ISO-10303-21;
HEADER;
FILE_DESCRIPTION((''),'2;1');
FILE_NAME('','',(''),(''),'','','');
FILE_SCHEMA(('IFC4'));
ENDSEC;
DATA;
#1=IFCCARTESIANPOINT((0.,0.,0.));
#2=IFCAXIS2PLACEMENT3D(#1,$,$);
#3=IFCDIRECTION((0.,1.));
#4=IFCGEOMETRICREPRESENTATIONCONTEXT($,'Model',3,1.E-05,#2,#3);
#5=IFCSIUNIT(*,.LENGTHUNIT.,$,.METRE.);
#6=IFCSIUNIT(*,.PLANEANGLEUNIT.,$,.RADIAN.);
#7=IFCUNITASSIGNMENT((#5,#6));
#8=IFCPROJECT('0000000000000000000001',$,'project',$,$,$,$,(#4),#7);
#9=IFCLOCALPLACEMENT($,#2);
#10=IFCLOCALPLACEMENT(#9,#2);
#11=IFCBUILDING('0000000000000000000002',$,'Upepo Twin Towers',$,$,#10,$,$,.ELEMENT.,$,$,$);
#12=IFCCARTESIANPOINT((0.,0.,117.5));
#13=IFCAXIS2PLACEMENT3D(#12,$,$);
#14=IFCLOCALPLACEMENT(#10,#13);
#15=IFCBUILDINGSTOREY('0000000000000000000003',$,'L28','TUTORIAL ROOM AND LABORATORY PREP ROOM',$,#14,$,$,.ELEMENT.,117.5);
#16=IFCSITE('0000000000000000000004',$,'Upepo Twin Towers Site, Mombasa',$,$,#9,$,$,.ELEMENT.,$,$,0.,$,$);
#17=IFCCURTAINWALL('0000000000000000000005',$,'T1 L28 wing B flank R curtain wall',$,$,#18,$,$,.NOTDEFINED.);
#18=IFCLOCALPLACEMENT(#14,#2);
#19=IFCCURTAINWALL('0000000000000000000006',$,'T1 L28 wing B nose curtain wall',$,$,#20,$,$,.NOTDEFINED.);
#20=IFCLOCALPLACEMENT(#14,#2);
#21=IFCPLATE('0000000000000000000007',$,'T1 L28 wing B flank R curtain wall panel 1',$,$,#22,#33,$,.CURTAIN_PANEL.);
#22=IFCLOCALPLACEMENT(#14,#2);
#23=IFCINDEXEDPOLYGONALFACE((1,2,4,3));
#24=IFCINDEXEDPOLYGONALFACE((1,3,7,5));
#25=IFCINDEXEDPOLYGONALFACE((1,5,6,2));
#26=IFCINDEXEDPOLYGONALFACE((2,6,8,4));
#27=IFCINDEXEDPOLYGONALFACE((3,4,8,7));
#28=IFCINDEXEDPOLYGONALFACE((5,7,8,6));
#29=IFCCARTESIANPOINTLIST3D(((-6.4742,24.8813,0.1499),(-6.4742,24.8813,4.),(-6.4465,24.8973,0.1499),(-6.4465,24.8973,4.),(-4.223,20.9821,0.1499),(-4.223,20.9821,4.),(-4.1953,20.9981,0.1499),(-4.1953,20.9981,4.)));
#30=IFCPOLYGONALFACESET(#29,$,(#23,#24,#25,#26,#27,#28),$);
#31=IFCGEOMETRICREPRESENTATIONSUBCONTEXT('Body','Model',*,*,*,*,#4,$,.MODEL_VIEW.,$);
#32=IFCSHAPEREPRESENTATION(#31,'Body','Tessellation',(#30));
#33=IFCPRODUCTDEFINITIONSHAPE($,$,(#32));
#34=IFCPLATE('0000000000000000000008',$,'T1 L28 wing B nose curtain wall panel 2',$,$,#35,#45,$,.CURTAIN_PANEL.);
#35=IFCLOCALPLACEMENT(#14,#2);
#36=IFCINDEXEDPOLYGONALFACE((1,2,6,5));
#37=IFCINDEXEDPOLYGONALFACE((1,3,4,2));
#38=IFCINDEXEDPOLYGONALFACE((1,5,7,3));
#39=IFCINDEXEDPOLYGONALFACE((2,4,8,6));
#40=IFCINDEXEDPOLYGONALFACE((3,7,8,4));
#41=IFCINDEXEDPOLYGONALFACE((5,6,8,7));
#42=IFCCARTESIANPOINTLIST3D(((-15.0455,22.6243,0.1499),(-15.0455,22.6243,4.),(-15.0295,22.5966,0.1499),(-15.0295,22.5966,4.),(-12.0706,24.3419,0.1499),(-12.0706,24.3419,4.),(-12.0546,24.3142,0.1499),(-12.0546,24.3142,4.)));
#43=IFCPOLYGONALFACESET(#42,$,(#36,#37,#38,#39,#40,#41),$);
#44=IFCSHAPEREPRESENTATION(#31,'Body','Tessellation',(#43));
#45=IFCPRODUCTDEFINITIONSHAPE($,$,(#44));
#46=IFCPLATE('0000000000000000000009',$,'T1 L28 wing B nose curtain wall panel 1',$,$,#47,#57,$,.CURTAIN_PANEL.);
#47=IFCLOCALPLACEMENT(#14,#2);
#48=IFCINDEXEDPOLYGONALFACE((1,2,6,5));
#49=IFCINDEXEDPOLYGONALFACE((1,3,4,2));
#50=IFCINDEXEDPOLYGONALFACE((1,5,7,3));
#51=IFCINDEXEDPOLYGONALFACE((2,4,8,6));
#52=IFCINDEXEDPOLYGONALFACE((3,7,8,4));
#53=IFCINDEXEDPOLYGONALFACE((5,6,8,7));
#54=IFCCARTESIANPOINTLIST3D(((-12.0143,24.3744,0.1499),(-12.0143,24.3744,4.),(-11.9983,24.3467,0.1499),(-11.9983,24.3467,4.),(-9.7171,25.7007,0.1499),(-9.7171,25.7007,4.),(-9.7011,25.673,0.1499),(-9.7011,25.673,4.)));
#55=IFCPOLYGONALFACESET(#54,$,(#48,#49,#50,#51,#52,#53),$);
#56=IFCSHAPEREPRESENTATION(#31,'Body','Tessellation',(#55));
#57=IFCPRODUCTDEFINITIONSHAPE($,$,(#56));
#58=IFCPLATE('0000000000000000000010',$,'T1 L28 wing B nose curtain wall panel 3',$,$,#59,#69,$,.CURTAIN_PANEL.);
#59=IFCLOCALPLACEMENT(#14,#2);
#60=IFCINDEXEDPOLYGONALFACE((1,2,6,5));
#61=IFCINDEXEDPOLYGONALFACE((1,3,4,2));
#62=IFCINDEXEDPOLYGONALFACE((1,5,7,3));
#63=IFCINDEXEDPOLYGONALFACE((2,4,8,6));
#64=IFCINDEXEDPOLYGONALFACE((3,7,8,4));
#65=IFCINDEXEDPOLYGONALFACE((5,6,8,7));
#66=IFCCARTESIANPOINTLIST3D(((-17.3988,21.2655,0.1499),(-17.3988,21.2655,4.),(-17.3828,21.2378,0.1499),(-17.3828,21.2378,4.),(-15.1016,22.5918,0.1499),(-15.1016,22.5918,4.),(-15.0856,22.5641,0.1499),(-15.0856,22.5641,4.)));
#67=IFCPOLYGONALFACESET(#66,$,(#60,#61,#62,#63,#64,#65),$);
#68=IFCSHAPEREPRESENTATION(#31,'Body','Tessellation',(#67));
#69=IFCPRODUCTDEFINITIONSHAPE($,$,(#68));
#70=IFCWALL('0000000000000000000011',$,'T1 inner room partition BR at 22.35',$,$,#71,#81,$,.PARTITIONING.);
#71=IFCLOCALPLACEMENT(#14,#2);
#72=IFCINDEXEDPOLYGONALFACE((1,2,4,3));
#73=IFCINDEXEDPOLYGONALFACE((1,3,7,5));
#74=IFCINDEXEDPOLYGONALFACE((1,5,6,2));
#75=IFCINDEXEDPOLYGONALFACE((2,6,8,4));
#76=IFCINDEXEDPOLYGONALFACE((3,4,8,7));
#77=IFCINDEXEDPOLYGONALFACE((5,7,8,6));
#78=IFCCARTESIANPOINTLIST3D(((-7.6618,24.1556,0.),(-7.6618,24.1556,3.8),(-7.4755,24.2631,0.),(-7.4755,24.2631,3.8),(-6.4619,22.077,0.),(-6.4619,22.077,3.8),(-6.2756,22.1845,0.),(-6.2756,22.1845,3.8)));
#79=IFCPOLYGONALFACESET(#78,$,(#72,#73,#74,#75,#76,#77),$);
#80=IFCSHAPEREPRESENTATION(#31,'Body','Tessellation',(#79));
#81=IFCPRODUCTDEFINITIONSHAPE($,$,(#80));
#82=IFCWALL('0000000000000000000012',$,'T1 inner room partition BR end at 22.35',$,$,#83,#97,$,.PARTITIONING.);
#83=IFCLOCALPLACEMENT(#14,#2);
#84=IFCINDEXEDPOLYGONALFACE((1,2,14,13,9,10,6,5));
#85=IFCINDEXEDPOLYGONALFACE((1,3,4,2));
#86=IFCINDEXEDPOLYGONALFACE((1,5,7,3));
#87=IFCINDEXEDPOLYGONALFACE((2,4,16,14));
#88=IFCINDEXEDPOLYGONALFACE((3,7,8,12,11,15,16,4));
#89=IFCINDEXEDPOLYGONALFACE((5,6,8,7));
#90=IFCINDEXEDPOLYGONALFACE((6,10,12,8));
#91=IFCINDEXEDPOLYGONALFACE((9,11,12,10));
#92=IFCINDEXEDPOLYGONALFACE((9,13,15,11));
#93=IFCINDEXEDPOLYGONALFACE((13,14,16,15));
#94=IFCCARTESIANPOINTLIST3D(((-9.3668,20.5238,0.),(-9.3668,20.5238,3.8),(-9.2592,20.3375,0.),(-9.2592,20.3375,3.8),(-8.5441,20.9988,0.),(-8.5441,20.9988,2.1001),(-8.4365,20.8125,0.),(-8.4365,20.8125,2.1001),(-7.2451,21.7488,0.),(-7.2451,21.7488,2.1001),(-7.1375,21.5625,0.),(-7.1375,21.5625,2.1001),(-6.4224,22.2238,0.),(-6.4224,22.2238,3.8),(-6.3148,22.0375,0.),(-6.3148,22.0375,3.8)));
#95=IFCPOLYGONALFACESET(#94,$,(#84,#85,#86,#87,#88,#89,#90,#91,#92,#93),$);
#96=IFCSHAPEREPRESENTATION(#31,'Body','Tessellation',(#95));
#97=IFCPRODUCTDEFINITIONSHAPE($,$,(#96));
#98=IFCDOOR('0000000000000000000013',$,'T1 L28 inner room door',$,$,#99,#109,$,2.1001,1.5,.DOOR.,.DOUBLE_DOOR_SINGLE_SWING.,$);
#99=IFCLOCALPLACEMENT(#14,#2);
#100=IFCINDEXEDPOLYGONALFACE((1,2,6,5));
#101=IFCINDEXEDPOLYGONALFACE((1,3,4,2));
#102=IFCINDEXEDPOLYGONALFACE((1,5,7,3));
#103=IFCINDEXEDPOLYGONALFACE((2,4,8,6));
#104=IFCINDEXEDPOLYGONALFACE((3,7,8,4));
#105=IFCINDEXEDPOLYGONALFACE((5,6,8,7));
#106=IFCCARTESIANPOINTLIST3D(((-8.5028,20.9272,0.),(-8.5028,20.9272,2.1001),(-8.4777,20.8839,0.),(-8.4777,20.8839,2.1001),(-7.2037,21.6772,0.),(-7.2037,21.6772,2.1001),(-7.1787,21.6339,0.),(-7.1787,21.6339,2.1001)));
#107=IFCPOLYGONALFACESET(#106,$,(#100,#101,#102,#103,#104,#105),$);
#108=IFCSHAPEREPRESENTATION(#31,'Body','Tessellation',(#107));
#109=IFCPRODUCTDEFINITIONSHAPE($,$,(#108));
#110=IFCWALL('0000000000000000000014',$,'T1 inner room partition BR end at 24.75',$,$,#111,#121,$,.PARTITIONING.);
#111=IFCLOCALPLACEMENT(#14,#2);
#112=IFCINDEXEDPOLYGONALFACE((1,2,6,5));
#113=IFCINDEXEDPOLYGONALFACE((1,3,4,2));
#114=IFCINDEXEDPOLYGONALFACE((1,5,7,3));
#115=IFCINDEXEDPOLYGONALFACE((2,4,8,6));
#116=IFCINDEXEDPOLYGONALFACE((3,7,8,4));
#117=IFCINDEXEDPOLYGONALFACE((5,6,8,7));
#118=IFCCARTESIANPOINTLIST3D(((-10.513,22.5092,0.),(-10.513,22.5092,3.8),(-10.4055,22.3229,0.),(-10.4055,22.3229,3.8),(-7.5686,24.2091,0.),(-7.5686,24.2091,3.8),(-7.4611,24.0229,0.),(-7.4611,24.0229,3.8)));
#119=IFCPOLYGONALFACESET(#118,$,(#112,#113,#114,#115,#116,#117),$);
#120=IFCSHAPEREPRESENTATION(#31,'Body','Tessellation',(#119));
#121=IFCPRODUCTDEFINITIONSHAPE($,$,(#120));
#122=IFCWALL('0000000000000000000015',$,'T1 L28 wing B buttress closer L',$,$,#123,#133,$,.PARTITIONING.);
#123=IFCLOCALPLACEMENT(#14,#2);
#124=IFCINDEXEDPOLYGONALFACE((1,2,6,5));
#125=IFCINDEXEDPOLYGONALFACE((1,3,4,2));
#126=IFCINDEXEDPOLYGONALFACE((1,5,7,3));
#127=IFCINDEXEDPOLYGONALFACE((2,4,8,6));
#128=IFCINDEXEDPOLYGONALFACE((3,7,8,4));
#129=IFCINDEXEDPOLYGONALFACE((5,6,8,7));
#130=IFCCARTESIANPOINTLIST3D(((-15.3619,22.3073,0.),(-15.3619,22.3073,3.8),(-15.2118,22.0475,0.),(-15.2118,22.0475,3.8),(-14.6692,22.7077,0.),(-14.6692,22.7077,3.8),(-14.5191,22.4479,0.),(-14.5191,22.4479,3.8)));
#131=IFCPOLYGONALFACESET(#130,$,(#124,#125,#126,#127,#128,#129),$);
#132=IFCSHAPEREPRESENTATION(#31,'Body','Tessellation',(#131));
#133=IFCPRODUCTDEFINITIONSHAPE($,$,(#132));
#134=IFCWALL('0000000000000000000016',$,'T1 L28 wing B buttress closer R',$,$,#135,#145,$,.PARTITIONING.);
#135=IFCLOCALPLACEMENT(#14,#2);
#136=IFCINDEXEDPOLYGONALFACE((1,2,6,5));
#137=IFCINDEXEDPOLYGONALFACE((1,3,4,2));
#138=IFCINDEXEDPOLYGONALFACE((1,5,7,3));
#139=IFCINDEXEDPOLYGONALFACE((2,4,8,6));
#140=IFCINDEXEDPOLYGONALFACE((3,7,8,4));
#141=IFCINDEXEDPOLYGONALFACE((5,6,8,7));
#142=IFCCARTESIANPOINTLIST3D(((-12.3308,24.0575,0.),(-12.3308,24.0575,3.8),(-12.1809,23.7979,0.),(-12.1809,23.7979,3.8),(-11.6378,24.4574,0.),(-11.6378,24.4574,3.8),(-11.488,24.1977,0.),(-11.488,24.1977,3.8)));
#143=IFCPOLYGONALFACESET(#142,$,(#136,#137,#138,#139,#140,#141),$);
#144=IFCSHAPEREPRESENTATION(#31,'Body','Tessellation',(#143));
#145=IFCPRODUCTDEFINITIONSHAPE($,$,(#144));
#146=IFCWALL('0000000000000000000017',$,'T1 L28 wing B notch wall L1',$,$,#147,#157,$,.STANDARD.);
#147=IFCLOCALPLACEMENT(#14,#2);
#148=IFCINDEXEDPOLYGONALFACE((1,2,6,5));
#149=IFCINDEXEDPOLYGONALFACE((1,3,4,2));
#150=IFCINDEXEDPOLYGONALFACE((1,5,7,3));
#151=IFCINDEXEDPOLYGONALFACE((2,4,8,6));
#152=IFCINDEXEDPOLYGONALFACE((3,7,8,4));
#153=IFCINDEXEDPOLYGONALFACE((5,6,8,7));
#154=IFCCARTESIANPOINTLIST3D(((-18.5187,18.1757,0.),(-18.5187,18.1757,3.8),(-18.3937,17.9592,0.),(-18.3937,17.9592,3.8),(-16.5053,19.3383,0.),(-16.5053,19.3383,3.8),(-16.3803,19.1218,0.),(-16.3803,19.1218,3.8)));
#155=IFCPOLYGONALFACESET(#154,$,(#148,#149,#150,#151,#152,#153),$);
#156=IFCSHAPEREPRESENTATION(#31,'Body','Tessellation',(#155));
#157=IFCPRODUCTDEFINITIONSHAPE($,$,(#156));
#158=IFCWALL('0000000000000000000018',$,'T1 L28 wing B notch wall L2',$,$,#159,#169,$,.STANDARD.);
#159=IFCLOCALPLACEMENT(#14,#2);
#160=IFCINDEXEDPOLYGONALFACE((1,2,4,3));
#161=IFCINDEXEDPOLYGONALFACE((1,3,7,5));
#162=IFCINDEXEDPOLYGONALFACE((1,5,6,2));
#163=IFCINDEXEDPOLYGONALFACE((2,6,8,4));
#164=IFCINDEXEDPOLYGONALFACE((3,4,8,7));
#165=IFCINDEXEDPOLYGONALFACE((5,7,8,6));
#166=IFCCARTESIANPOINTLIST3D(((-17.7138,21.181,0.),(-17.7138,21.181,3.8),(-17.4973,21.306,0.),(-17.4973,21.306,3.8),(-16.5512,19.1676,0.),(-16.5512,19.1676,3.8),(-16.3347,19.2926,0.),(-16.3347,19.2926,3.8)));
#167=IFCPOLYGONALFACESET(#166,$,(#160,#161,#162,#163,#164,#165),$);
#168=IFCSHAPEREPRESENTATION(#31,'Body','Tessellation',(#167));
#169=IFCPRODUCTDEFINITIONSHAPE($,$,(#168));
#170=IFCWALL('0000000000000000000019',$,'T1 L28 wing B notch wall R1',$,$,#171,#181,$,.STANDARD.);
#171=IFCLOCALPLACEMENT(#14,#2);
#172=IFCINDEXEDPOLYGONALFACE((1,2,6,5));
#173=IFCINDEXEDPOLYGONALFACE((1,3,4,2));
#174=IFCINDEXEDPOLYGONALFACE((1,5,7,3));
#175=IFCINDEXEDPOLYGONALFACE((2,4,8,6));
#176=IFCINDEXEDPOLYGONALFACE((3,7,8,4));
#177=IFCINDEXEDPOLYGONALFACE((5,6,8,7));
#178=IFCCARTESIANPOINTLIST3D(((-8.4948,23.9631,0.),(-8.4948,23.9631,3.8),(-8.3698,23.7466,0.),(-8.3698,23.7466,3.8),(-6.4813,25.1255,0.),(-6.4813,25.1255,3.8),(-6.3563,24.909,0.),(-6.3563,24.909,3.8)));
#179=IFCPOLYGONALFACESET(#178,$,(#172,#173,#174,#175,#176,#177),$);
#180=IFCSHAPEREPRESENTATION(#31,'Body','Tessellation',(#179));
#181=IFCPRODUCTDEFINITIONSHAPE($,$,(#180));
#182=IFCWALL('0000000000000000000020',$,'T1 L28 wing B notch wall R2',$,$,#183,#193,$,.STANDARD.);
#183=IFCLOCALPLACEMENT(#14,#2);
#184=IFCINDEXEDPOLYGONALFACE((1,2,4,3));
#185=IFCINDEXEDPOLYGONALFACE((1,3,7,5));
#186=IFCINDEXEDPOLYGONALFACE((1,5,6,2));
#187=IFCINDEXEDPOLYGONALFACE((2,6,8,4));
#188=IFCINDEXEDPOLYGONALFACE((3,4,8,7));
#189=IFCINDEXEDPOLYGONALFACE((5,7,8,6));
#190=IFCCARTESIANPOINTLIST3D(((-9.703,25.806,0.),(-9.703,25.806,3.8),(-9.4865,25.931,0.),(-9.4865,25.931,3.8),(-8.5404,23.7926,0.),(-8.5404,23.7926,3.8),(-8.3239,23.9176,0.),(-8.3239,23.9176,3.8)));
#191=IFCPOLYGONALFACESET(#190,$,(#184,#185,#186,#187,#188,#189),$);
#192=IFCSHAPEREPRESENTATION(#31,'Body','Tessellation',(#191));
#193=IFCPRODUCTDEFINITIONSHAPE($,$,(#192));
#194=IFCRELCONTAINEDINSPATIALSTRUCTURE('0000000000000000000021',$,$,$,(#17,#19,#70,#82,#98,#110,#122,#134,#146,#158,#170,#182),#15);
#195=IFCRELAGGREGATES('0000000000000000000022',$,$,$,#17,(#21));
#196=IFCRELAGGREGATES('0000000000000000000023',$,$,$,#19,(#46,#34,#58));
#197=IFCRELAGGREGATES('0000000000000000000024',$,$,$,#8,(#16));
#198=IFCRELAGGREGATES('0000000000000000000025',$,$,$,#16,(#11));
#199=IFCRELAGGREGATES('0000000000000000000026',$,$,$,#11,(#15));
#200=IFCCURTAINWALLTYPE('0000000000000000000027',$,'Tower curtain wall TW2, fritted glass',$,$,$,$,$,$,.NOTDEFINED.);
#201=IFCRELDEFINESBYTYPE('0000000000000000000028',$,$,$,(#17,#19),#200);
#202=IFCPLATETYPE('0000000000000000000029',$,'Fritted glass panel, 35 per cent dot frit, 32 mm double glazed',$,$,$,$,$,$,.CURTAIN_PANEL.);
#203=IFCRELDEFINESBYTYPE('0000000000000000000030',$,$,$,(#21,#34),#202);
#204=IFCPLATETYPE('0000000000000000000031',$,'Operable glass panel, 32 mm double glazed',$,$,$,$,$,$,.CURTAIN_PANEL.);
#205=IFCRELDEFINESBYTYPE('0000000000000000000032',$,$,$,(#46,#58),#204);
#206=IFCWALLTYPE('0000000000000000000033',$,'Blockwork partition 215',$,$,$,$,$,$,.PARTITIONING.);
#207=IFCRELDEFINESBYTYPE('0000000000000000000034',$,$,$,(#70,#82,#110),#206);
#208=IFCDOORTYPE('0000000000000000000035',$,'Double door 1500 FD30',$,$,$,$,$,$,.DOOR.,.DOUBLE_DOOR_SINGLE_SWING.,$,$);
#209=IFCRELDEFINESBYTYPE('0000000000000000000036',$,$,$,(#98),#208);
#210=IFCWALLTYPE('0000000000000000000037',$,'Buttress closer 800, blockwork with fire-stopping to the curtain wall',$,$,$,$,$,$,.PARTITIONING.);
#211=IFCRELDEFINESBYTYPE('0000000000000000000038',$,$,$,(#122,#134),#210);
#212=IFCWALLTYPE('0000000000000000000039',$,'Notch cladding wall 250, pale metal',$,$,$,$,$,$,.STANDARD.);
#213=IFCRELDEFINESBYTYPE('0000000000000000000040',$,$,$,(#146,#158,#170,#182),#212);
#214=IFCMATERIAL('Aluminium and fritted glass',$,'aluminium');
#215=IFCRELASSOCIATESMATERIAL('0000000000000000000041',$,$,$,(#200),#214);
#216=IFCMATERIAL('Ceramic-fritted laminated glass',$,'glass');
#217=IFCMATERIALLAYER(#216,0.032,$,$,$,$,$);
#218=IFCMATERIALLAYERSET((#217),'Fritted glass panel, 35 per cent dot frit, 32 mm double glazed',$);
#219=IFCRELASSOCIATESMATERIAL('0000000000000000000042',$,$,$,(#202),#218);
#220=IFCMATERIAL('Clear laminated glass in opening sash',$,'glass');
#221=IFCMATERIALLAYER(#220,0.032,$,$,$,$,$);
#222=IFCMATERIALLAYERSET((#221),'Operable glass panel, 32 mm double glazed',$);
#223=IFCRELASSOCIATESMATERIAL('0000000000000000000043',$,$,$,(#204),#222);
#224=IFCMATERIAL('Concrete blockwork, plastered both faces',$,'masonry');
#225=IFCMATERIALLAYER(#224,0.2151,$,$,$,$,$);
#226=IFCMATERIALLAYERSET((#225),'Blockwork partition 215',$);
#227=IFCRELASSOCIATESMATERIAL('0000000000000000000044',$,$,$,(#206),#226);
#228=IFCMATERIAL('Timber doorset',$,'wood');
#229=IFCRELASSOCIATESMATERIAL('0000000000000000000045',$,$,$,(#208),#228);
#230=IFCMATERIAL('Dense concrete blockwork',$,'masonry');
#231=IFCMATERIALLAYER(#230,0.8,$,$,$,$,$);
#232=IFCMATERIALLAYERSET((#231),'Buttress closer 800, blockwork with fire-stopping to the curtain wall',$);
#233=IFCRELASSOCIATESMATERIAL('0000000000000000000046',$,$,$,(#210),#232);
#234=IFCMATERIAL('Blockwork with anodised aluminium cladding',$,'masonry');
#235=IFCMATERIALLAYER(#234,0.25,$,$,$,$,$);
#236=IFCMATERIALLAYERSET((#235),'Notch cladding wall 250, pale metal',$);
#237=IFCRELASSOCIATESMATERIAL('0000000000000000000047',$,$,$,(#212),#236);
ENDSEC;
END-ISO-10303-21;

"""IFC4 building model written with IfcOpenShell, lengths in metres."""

from ifc_helpers import new_model, si_unit, direction, frame, frame_2d, origin, origin_2d, place, context, subcontext, project, spatial, rectangle, extrude, material, layer, layer_set, type_object, element, fill, aggregate, save


model = new_model("IFC4")

# Units and contexts
model_context = context("Model", 3, precision=1e-05, world=origin(), true_north=direction((0.0, 1.0)))
body_context = subcontext(model_context, "Body", "Model", "MODEL_VIEW")
ifc_project = project(units=[si_unit("LENGTHUNIT", "METRE"), si_unit("PLANEANGLEUNIT", "RADIAN")], contexts=[model_context])

# Site, building, storey
site_placement = place(None, origin())
site = spatial("IfcSite", under=ifc_project, at=site_placement, Name="Upepo Twin Towers Site, Mombasa", CompositionType="ELEMENT", RefElevation=0.0)
building_placement = place(site_placement, origin())
building = spatial("IfcBuilding", under=site, at=building_placement, Name="Upepo Twin Towers", CompositionType="ELEMENT")
storey_placement = place(building_placement, frame((0.0, 0.0, 117.5)))
storey = spatial("IfcBuildingStorey", under=building, at=storey_placement, Name="L28", Description="TUTORIAL ROOM AND LABORATORY PREP ROOM", CompositionType="ELEMENT", Elevation=117.5)

# Curtain wall
ifc_material_1 = material(Name="Aluminium and fritted glass", Category="aluminium")
curtain_wall_type = type_object("IfcCurtainWallType", Name="Tower curtain wall TW2, fritted glass", PredefinedType="NOTDEFINED", material=ifc_material_1)
curtain_wall_1_placement = place(storey_placement, origin())
curtain_wall_1 = element("IfcCurtainWall", 1, at=curtain_wall_1_placement, inside=storey, type_object=curtain_wall_type, Name="T1 L28 wing B flank R curtain wall", PredefinedType="NOTDEFINED")

# Curtain wall
curtain_wall_2_placement = place(storey_placement, origin())
curtain_wall_2 = element("IfcCurtainWall", 2, at=curtain_wall_2_placement, inside=storey, type_object=curtain_wall_type, Name="T1 L28 wing B nose curtain wall", PredefinedType="NOTDEFINED")

# Plates
ifc_material_2 = material(Name="Ceramic-fritted laminated glass", Category="glass")
ifc_layer_1 = layer(ifc_material_2, 0.032)
ifc_layer_set_1 = layer_set([ifc_layer_1], Name="Fritted glass panel, 35 per cent dot frit, 32 mm double glazed")
plate_type_1 = type_object("IfcPlateType", Name="Fritted glass panel, 35 per cent dot frit, 32 mm double glazed", PredefinedType="CURTAIN_PANEL", material=ifc_layer_set_1)
plate_1_placement = place(storey_placement, frame((-5.3347, 22.9397, 0.1499), z_axis=(0.0, 0.0, 1.0), x_axis=(0.5, -0.866025, 0.0)))
plate_1 = element("IfcPlate", 3, at=plate_1_placement, type_object=plate_type_1, Name="T1 L28 wing B flank R curtain wall panel 1", PredefinedType="CURTAIN_PANEL", context=body_context, shape_type="SweptSolid", body=[
    extrude(rectangle(XDim=4.5024, YDim=0.032, at=origin_2d()), origin(), (0.0, 0.0, 1.0), 3.8501),
])
aggregate(curtain_wall_1, [plate_1])
plate_2_placement = place(storey_placement, frame((-13.55, 23.4692, 0.1499), z_axis=(0.0, 0.0, 1.0), x_axis=(-0.866025, -0.5, 0.0)))
plate_2 = element("IfcPlate", 4, at=plate_2_placement, type_object=plate_type_1, Name="T1 L28 wing B nose curtain wall panel 2", PredefinedType="CURTAIN_PANEL", context=body_context, shape_type="SweptSolid", body=[
    extrude(rectangle(XDim=3.4351, YDim=0.032, at=origin_2d()), origin(), (0.0, 0.0, 1.0), 3.8501),
])
ifc_material_3 = material(Name="Clear laminated glass in opening sash", Category="glass")
ifc_layer_2 = layer(ifc_material_3, 0.032)
ifc_layer_set_2 = layer_set([ifc_layer_2], Name="Operable glass panel, 32 mm double glazed")
plate_type_2 = type_object("IfcPlateType", Name="Operable glass panel, 32 mm double glazed", PredefinedType="CURTAIN_PANEL", material=ifc_layer_set_2)
plate_3_placement = place(storey_placement, frame((-10.8577, 25.0237, 0.1499), z_axis=(0.0, 0.0, 1.0), x_axis=(-0.866025, -0.5, 0.0)))
plate_3 = element("IfcPlate", 5, at=plate_3_placement, type_object=plate_type_2, Name="T1 L28 wing B nose curtain wall panel 1", PredefinedType="CURTAIN_PANEL", context=body_context, shape_type="SweptSolid", body=[
    extrude(rectangle(XDim=2.6526, YDim=0.032, at=origin_2d()), origin(), (0.0, 0.0, 1.0), 3.8501),
])
plate_4_placement = place(storey_placement, frame((-16.2422, 21.9148, 0.1499), z_axis=(0.0, 0.0, 1.0), x_axis=(-0.866025, -0.5, 0.0)))
plate_4 = element("IfcPlate", 6, at=plate_4_placement, type_object=plate_type_2, Name="T1 L28 wing B nose curtain wall panel 3", PredefinedType="CURTAIN_PANEL", context=body_context, shape_type="SweptSolid", body=[
    extrude(rectangle(XDim=2.6526, YDim=0.032, at=origin_2d()), origin(), (0.0, 0.0, 1.0), 3.8501),
])
aggregate(curtain_wall_2, [plate_3, plate_2, plate_4])

# Wall
ifc_material_4 = material(Name="Concrete blockwork, plastered both faces", Category="masonry")
ifc_layer_3 = layer(ifc_material_4, 0.2151)
ifc_layer_set_3 = layer_set([ifc_layer_3], Name="Blockwork partition 215")
wall_type_1 = type_object("IfcWallType", Name="Blockwork partition 215", PredefinedType="PARTITIONING", material=ifc_layer_set_3)
wall_1_placement = place(storey_placement, frame((-6.3687, 22.1306, 0.0), z_axis=(0.0, 0.0, 1.0), x_axis=(-0.499957, 0.86605, 0.0)))
element("IfcWall", 7, at=wall_1_placement, inside=storey, type_object=wall_type_1, Name="T1 inner room partition BR at 22.35", PredefinedType="PARTITIONING", context=body_context, shape_type="SweptSolid", body=[
    extrude(rectangle(XDim=2.4001, YDim=0.2151, at=frame_2d((1.2002, 0.0))), origin(), (0.0, 0.0, 1.0), 3.8),
])

# Wall, opening, door
wall_2_placement = place(storey_placement, frame((-9.313, 20.4307, 0.0), z_axis=(0.0, 0.0, 1.0), x_axis=(0.866021, 0.500008, 0.0)))
wall_2 = element("IfcWall", 8, at=wall_2_placement, inside=storey, type_object=wall_type_1, Name="T1 inner room partition BR end at 22.35", PredefinedType="PARTITIONING", context=body_context, shape_type="SweptSolid", body=[
    extrude(rectangle(XDim=3.3999, YDim=0.2151, at=frame_2d((1.7, 0.0))), origin(), (0.0, 0.0, 1.0), 3.8),
])
opening_placement = place(wall_2_placement, frame((0.95, 0.0, 0.0)))
opening = element("IfcOpeningElement", 9, at=opening_placement, cuts=wall_2, PredefinedType="OPENING", context=body_context, shape_type="SweptSolid", body=[
    extrude(rectangle(XDim=1.5, YDim=2.1001, at=frame_2d((0.75, 1.05))), frame((0.0, 0.1174, 0.0), z_axis=(0.0, -1.0, 0.0), x_axis=(1.0, 0.0, 0.0)), (0.0, 0.0, 1.0), 0.2351),
])
ifc_material_5 = material(Name="Timber doorset", Category="wood")
door_type = type_object("IfcDoorType", Name="Double door 1500 FD30", OperationType="DOUBLE_DOOR_SINGLE_SWING", PredefinedType="DOOR", material=ifc_material_5)
door_placement = place(opening_placement, origin())
door = element("IfcDoor", 10, at=door_placement, inside=storey, type_object=door_type, Name="T1 L28 inner room door", OperationType="DOUBLE_DOOR_SINGLE_SWING", OverallHeight=2.1001, OverallWidth=1.5, PredefinedType="DOOR", context=body_context, shape_type="SweptSolid", body=[
    extrude(rectangle(XDim=1.5, YDim=2.1001, at=frame_2d((0.75, 1.05))), frame((0.0, 0.0249, 0.0), z_axis=(0.0, -1.0, 0.0), x_axis=(1.0, 0.0, 0.0)), (0.0, 0.0, 1.0), 0.05),
])
fill(opening, door)

# Walls
wall_3_placement = place(storey_placement, frame((-10.4592, 22.416, 0.0), z_axis=(0.0, 0.0, 1.0), x_axis=(0.866021, 0.500008, 0.0)))
element("IfcWall", 11, at=wall_3_placement, inside=storey, type_object=wall_type_1, Name="T1 inner room partition BR end at 24.75", PredefinedType="PARTITIONING", context=body_context, shape_type="SweptSolid", body=[
    extrude(rectangle(XDim=3.3999, YDim=0.2151, at=frame_2d((1.7, 0.0))), origin(), (0.0, 0.0, 1.0), 3.8),
])
ifc_material_6 = material(Name="Dense concrete blockwork", Category="masonry")
ifc_layer_4 = layer(ifc_material_6, 0.8)
ifc_layer_set_4 = layer_set([ifc_layer_4], Name="Buttress closer 800, blockwork with fire-stopping to the curtain wall")
wall_type_2 = type_object("IfcWallType", Name="Buttress closer 800, blockwork with fire-stopping to the curtain wall", PredefinedType="PARTITIONING", material=ifc_layer_set_4)
wall_4_placement = place(storey_placement, frame((-14.8655, 22.2478, 0.0), z_axis=(0.0, 0.0, 1.0), x_axis=(-0.500427, 0.865779, 0.0)))
element("IfcWall", 12, at=wall_4_placement, inside=storey, type_object=wall_type_2, Name="T1 L28 wing B buttress closer L", PredefinedType="PARTITIONING", context=body_context, shape_type="SweptSolid", body=[
    extrude(rectangle(XDim=0.3, YDim=0.8, at=frame_2d((0.1499, 0.0))), origin(), (0.0, 0.0, 1.0), 3.8),
])
wall_5_placement = place(storey_placement, frame((-11.8345, 23.9978, 0.0), z_axis=(0.0, 0.0, 1.0), x_axis=(-0.499816, 0.866131, 0.0)))
element("IfcWall", 13, at=wall_5_placement, inside=storey, type_object=wall_type_2, Name="T1 L28 wing B buttress closer R", PredefinedType="PARTITIONING", context=body_context, shape_type="SweptSolid", body=[
    extrude(rectangle(XDim=0.2998, YDim=0.8, at=frame_2d((0.1499, 0.0))), origin(), (0.0, 0.0, 1.0), 3.8),
])
ifc_material_7 = material(Name="Blockwork with anodised aluminium cladding", Category="masonry")
ifc_layer_5 = layer(ifc_material_7, 0.25)
ifc_layer_set_5 = layer_set([ifc_layer_5], Name="Notch cladding wall 250, pale metal")
wall_type_3 = type_object("IfcWallType", Name="Notch cladding wall 250, pale metal", PredefinedType="STANDARD", material=ifc_layer_set_5)
for number, where, z_axis, x_axis, name in (
    (14, (-18.4563, 18.0674, 0.0), (0.0, 0.0, 1.0), (0.865998, 0.500047, 0.0), "T1 L28 wing B notch wall L1"),
    (15, (-16.4429, 19.23, 0.0), (0.0, 0.0, 1.0), (-0.500047, 0.865998, 0.0), "T1 L28 wing B notch wall L2"),
    (16, (-6.4187, 25.0173, 0.0), (0.0, 0.0, 1.0), (-0.866044, -0.499968, 0.0), "T1 L28 wing B notch wall R1"),
    (17, (-8.4321, 23.855, 0.0), (0.0, 0.0, 1.0), (-0.500047, 0.865998, 0.0), "T1 L28 wing B notch wall R2"),
):
    element("IfcWall", number, at=place(storey_placement, frame(where, z_axis=z_axis, x_axis=x_axis)), inside=storey, type_object=wall_type_3, Name=name, PredefinedType="STANDARD", context=body_context, shape_type="SweptSolid", body=[
        extrude(rectangle(XDim=2.325, YDim=0.25, at=frame_2d((1.1626, 0.0))), origin(), (0.0, 0.0, 1.0), 3.8),
    ])

save(model, "model.ifc")
